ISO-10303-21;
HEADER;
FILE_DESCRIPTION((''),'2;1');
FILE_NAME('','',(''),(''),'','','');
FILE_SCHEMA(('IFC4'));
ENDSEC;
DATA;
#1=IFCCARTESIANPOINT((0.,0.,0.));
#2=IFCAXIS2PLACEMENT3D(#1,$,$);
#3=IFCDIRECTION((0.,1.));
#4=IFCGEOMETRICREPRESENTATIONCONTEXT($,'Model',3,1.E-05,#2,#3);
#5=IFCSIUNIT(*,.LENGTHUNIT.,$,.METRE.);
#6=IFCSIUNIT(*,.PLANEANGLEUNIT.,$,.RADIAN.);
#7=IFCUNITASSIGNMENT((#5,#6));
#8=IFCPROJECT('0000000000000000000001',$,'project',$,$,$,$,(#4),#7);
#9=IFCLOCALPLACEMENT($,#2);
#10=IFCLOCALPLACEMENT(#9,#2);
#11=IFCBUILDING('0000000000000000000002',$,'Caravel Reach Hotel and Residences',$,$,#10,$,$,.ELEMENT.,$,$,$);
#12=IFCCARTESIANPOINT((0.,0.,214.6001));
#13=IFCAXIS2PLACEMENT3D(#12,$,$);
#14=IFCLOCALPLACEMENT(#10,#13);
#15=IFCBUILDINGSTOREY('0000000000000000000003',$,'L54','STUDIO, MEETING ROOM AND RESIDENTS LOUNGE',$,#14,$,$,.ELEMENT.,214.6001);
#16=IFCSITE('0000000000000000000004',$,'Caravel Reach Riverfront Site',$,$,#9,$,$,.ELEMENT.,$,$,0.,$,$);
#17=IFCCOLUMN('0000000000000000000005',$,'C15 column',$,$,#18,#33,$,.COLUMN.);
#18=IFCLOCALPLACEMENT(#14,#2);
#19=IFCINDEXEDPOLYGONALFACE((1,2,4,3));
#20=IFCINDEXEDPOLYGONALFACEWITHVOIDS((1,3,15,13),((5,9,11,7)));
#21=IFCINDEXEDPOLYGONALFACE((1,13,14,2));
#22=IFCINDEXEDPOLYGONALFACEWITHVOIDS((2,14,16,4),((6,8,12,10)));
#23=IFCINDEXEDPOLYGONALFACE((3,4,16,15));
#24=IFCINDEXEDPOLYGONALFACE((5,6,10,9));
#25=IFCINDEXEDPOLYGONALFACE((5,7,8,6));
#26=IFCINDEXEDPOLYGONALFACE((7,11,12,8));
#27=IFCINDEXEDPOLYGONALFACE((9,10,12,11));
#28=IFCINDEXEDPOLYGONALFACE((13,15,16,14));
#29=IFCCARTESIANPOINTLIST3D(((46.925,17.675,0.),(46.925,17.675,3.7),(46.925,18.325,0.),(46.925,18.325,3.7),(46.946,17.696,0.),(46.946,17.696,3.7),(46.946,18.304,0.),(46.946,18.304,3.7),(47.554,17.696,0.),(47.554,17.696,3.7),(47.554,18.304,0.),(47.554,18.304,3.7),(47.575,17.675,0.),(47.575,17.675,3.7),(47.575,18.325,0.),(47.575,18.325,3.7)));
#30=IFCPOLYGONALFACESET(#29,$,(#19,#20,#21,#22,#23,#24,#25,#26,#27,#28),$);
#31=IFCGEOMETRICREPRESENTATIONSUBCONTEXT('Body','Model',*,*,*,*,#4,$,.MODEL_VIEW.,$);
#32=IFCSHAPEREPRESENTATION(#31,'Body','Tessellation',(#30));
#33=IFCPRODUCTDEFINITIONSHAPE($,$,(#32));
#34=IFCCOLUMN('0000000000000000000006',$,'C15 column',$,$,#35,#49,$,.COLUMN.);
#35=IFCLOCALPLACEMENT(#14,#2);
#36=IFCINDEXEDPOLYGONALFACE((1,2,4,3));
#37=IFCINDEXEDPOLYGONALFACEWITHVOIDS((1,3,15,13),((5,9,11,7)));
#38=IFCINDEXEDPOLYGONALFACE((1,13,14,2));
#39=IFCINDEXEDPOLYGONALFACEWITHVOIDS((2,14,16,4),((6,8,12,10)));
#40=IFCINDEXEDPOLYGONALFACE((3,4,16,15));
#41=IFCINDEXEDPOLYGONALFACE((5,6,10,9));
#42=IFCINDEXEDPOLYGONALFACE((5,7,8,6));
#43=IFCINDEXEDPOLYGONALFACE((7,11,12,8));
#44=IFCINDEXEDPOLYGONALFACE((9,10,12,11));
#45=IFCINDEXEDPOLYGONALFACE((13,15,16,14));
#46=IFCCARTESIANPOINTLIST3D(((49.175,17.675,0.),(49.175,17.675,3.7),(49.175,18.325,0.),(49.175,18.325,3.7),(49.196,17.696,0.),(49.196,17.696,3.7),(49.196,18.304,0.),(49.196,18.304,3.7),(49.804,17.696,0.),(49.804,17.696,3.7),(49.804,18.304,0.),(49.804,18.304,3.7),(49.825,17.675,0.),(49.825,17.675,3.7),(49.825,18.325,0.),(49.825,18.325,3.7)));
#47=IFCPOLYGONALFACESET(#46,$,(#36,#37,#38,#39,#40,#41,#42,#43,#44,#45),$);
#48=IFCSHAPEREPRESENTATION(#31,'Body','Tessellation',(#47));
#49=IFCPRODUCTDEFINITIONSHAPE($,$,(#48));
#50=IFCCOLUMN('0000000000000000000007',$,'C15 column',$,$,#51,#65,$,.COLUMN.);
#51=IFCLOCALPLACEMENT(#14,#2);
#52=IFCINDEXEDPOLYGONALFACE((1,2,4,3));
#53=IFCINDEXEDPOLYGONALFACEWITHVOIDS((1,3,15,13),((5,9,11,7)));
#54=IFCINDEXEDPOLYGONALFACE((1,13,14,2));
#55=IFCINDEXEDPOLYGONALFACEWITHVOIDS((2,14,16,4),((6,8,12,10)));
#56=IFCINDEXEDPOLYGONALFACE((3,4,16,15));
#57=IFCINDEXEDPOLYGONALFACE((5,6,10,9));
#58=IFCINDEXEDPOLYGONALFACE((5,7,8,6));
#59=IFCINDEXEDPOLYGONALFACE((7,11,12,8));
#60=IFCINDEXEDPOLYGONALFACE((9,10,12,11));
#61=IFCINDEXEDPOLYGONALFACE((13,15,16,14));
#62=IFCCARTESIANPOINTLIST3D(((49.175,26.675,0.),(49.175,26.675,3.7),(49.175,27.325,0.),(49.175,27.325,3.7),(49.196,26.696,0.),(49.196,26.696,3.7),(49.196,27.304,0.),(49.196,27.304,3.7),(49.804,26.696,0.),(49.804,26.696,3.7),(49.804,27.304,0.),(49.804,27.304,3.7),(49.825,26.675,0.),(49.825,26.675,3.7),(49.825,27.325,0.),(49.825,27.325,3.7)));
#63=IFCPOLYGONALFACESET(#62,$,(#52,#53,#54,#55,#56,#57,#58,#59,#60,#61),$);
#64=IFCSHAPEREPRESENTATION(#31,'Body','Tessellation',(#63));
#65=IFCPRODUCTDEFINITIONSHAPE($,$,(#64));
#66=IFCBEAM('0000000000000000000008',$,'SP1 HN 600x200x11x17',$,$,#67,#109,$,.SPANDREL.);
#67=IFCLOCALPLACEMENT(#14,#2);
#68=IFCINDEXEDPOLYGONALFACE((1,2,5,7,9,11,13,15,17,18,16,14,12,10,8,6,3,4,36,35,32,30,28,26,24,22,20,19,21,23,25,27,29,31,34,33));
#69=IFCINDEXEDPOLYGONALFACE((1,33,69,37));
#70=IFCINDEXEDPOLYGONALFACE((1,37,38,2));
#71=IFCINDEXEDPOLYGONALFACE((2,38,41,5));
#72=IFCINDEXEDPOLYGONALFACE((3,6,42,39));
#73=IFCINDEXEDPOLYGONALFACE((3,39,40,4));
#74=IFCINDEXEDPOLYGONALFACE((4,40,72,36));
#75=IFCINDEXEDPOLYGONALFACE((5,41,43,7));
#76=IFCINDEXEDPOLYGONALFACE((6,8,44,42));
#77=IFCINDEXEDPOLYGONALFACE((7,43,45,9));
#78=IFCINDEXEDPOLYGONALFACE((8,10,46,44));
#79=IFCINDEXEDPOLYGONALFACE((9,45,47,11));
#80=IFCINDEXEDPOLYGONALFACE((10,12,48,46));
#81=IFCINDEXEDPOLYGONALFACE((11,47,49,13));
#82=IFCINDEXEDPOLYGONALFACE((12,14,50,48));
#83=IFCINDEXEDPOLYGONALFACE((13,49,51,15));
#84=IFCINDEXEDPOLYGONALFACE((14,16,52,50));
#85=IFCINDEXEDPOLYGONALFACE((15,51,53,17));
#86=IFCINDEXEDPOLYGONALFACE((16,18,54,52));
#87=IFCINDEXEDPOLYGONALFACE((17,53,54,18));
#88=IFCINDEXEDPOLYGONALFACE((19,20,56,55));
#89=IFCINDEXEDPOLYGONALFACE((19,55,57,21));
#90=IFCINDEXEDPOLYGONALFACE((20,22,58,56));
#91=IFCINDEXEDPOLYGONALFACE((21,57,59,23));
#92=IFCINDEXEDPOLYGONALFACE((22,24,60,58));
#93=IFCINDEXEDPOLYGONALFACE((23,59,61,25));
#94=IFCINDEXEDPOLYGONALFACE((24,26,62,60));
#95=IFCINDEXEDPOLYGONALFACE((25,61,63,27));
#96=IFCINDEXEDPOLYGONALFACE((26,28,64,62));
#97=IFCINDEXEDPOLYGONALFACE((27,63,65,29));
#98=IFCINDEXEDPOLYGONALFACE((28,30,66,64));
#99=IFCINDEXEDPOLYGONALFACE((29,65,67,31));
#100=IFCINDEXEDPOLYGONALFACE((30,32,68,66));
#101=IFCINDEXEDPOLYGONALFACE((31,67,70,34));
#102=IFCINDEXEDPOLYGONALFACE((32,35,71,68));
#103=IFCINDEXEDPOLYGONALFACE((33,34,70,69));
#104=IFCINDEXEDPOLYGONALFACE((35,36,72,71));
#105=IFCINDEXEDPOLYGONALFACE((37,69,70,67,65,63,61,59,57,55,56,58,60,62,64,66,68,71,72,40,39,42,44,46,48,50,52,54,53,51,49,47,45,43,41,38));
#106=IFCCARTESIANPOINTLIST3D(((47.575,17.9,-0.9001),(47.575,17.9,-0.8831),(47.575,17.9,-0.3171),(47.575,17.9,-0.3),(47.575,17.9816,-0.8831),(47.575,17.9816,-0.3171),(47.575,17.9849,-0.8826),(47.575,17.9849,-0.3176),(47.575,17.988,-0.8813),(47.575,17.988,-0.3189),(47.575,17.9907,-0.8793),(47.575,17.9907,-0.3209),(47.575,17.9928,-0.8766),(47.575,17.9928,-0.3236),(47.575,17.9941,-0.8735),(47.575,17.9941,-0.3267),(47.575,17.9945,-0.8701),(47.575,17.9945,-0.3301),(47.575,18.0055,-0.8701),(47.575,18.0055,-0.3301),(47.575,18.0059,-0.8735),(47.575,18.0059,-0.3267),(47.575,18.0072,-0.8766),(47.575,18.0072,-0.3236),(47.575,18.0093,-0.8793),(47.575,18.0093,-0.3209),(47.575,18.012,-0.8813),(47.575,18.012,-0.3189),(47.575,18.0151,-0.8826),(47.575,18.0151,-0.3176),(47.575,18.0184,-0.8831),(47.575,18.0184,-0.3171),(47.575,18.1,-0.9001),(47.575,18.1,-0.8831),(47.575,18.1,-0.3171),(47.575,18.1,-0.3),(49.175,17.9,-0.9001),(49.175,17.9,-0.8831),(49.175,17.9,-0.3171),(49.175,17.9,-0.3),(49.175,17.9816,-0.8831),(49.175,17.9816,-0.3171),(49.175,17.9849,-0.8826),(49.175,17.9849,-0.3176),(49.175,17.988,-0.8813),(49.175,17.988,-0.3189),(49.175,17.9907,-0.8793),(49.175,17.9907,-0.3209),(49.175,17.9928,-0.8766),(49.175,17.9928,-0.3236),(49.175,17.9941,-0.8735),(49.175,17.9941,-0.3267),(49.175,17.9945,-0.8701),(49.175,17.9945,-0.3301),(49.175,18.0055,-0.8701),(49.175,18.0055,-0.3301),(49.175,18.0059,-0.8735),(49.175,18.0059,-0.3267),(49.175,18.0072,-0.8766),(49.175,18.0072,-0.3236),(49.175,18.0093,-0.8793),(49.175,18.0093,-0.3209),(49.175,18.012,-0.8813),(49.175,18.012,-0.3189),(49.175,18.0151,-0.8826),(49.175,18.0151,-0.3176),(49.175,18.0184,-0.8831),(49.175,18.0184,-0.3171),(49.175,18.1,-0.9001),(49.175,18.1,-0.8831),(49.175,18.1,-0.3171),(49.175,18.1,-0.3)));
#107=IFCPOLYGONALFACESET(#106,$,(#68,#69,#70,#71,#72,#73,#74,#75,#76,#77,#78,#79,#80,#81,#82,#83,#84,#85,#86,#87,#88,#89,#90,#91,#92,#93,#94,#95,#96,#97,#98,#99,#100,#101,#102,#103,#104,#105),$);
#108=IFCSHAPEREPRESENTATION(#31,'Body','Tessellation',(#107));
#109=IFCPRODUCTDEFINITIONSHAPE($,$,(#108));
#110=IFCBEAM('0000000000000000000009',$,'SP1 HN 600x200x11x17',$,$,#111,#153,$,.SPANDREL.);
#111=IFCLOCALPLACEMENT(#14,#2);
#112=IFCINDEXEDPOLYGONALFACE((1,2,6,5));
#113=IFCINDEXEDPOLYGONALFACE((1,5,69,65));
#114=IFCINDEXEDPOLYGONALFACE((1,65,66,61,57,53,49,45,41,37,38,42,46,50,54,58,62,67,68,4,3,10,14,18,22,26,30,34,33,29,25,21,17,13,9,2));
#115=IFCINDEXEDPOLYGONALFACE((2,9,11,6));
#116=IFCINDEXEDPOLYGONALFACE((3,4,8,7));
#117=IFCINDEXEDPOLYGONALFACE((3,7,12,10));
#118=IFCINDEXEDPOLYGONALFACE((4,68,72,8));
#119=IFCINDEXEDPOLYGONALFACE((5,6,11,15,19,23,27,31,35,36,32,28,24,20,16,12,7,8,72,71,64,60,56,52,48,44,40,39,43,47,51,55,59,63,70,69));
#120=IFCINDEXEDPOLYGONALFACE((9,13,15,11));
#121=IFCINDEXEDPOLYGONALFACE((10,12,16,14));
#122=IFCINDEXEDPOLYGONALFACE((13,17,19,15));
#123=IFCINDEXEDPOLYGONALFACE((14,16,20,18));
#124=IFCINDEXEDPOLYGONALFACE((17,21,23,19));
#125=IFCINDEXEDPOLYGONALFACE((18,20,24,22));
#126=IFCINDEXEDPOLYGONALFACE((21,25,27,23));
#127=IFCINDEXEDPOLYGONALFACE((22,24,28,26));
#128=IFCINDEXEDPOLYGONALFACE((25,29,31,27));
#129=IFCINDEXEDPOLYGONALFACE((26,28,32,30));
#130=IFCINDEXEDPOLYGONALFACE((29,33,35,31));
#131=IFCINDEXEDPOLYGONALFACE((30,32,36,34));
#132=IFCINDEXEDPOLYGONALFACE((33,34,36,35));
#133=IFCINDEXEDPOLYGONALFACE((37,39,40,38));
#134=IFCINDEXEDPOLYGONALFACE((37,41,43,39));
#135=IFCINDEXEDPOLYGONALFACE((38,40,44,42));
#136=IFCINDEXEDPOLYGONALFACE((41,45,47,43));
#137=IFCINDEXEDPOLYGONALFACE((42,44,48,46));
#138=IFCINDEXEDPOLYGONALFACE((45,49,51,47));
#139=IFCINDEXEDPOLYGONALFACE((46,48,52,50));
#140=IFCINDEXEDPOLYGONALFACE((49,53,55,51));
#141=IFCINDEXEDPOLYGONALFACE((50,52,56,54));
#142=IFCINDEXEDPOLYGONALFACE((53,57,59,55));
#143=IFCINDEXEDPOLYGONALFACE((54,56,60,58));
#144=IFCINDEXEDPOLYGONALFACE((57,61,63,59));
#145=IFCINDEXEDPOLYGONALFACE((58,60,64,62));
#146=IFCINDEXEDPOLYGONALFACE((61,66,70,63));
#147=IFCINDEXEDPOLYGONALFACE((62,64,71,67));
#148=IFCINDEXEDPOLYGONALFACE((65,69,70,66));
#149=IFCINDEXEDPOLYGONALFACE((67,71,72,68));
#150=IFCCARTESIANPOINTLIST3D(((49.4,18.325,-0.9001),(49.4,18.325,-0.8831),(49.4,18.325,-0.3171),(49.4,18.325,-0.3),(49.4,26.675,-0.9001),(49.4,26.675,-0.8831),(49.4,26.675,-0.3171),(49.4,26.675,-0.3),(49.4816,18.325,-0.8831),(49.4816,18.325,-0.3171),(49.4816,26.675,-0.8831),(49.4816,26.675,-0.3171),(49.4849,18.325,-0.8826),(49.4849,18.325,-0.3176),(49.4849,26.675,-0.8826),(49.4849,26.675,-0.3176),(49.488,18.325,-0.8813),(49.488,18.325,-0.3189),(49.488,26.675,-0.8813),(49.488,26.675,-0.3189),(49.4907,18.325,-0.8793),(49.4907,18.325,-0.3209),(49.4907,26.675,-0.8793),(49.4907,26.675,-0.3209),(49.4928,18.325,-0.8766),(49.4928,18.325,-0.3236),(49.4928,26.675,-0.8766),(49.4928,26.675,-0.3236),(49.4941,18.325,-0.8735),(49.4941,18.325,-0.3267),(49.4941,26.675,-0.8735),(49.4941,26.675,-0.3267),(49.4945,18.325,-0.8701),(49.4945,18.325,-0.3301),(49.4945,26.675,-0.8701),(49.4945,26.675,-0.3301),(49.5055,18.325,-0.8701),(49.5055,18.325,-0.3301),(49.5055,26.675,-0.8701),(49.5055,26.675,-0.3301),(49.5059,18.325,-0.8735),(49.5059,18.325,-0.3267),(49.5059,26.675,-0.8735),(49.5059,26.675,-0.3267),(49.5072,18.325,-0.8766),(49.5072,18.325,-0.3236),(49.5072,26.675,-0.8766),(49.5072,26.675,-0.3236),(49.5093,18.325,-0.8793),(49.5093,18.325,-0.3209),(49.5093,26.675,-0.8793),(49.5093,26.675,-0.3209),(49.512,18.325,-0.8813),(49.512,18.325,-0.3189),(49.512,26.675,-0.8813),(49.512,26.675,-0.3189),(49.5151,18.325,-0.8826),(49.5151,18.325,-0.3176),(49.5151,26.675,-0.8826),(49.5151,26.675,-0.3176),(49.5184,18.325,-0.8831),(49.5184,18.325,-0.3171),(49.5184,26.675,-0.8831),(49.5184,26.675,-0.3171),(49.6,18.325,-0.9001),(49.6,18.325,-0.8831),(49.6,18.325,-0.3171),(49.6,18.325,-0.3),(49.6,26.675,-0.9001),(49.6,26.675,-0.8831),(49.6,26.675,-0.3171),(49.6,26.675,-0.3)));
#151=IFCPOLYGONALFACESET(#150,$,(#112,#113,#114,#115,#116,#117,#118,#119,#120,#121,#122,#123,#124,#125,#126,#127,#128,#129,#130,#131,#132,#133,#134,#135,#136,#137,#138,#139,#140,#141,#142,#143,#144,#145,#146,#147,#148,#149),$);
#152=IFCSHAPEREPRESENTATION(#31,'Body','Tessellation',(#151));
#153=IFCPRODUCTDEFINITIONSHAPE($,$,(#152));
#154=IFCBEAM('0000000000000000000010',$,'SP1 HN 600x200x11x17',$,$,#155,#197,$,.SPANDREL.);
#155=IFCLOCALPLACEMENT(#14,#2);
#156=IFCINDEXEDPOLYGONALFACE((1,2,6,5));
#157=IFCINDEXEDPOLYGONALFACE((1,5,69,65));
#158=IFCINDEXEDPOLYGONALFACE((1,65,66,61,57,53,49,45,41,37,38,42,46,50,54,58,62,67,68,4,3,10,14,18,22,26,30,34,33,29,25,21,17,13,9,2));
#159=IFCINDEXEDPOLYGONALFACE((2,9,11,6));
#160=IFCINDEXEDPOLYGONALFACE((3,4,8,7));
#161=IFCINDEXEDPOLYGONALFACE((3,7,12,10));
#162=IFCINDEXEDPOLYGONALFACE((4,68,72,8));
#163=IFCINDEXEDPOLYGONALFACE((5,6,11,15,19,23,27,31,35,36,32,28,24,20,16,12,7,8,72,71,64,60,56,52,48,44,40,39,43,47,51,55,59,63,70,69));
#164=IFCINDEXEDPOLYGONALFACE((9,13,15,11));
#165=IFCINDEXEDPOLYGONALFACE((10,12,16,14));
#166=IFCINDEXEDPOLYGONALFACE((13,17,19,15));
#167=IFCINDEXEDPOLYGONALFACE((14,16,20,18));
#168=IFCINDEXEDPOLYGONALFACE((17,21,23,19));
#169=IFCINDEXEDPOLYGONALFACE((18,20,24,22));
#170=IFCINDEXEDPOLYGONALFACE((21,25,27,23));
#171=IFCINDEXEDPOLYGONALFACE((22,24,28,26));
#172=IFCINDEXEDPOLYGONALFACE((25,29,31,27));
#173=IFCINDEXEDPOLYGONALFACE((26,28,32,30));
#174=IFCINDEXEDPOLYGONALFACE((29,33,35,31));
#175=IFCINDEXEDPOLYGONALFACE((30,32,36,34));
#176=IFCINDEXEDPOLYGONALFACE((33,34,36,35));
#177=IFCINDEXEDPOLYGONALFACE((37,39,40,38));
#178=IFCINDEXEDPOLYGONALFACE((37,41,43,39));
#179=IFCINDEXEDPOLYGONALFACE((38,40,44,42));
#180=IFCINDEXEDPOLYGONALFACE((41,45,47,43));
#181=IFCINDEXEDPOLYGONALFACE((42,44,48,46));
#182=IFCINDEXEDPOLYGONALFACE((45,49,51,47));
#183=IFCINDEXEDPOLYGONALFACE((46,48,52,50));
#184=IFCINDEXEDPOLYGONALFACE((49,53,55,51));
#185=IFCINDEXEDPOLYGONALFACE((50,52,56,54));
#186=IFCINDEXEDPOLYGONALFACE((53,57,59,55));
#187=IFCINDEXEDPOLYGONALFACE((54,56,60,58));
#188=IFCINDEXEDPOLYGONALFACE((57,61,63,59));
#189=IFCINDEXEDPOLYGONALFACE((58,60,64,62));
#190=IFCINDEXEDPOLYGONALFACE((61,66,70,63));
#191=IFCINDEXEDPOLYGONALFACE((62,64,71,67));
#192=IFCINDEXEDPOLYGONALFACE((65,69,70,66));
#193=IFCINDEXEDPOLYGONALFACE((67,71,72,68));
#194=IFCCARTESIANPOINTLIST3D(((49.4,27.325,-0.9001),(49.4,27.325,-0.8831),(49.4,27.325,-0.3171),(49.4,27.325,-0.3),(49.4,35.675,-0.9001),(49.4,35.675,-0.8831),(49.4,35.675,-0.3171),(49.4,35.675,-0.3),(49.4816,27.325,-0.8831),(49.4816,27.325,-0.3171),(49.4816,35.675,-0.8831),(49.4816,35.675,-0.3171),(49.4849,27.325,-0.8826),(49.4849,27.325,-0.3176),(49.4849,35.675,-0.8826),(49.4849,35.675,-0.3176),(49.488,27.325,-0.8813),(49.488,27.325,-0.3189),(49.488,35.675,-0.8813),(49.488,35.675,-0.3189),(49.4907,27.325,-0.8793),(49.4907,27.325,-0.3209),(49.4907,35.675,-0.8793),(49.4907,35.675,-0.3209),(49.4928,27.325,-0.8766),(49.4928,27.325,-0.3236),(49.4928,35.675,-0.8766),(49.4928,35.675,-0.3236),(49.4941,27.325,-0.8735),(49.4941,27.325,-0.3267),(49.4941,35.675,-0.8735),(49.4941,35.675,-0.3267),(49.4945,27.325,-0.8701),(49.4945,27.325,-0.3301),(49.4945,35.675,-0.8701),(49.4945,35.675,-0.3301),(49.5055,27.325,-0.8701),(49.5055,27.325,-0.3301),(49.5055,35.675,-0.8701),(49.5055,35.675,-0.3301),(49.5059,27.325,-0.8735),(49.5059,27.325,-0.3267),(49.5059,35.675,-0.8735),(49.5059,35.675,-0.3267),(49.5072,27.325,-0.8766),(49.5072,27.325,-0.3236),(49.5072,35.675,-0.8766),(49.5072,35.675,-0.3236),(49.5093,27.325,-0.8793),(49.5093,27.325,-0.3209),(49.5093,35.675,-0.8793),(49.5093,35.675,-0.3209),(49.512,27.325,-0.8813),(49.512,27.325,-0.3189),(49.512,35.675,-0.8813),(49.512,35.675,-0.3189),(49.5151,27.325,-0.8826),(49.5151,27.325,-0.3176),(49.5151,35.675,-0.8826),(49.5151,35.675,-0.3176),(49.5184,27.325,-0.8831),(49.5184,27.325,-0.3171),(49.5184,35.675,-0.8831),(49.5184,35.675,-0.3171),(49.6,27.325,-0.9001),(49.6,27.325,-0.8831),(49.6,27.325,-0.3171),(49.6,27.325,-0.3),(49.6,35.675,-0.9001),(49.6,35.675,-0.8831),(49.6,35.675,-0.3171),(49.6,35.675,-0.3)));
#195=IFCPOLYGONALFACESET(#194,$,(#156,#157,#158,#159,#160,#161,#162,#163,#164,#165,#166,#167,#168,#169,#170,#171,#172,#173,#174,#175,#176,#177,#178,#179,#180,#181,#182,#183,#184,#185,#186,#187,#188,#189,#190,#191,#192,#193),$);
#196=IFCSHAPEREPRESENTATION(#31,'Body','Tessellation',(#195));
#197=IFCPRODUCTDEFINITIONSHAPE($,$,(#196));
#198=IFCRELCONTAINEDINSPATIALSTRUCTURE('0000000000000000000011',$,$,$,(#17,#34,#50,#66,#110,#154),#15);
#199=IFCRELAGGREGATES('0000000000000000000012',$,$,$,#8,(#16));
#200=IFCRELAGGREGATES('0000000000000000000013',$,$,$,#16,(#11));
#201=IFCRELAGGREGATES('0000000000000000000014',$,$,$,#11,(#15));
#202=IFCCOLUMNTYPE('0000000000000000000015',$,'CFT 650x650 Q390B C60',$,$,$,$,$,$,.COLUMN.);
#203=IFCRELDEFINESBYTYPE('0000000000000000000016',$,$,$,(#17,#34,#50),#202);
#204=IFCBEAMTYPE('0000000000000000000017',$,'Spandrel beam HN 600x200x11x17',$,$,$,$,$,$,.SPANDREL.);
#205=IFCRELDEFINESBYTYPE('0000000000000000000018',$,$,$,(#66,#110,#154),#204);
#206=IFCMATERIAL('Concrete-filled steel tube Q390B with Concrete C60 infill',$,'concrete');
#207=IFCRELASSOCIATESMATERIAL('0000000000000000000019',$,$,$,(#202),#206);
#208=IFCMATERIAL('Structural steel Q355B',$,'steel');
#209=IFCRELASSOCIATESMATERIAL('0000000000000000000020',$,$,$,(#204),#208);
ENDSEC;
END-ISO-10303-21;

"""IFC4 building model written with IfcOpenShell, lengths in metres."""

from ifc_helpers import new_model, si_unit, direction, frame, origin, origin_2d, place, context, subcontext, project, spatial, hollow_rectangle, i_section, extrude, material, material_profile, profile_set, type_object, element, save


model = new_model("IFC4")

# Units and contexts
model_context = context("Model", 3, precision=1e-05, world=origin(), true_north=direction((0.0, 1.0)))
body_context = subcontext(model_context, "Body", "Model", "MODEL_VIEW")
ifc_project = project(units=[si_unit("LENGTHUNIT", "METRE"), si_unit("PLANEANGLEUNIT", "RADIAN")], contexts=[model_context])

# Site, building, storey
site_placement = place(None, origin())
site = spatial("IfcSite", under=ifc_project, at=site_placement, Name="Caravel Reach Riverfront Site", CompositionType="ELEMENT", RefElevation=0.0)
building_placement = place(site_placement, origin())
building = spatial("IfcBuilding", under=site, at=building_placement, Name="Caravel Reach Hotel and Residences", CompositionType="ELEMENT")
storey_placement = place(building_placement, frame((0.0, 0.0, 214.6001)))
storey = spatial("IfcBuildingStorey", under=building, at=storey_placement, Name="L54", Description="STUDIO, MEETING ROOM AND RESIDENTS LOUNGE", CompositionType="ELEMENT", Elevation=214.6001)

# Columns
ifc_material_1 = material(Name="Concrete-filled steel tube Q390B with Concrete C60 infill", Category="concrete")
ifc_material_profile_1 = material_profile(ifc_material_1, hollow_rectangle(XDim=0.6499, YDim=0.6499, WallThickness=0.021, at=origin_2d()), Name="RHS 650x650x21")
ifc_profile_set_1 = profile_set([ifc_material_profile_1], Name="Concrete-filled steel tube Q390B with Concrete C60 infill")
column_type = type_object("IfcColumnType", Name="CFT 650x650 Q390B C60", PredefinedType="COLUMN", material=ifc_profile_set_1)
for number, where, z_axis, x_axis, name in (
    (1, (47.25, 18.0, 0.0), (0.0, 0.0, 1.0), (1.0, 0.0, 0.0), "C15 column"),
    (2, (49.5, 18.0, 0.0), (0.0, 0.0, 1.0), (1.0, 0.0, 0.0), "C15 column"),
    (3, (49.5, 27.0, 0.0), (0.0, 0.0, 1.0), (1.0, 0.0, 0.0), "C15 column"),
):
    element("IfcColumn", number, at=place(storey_placement, frame(where, z_axis=z_axis, x_axis=x_axis)), inside=storey, type_object=column_type, Name=name, PredefinedType="COLUMN", context=body_context, shape_type="SweptSolid", body=[
        extrude(hollow_rectangle(XDim=0.6499, YDim=0.6499, WallThickness=0.021, at=origin_2d()), origin(), (0.0, 0.0, 1.0), 3.7),
    ])

# Beams
ifc_material_2 = material(Name="Structural steel Q355B", Category="steel")
ifc_material_profile_2 = material_profile(ifc_material_2, i_section(OverallWidth=0.2, OverallDepth=0.6001, WebThickness=0.011, FlangeThickness=0.0171, FilletRadius=0.0129, at=origin_2d()), Name="HN 600x200x11x17")
ifc_profile_set_2 = profile_set([ifc_material_profile_2], Name="Structural steel Q355B")
beam_type = type_object("IfcBeamType", Name="Spandrel beam HN 600x200x11x17", PredefinedType="SPANDREL", material=ifc_profile_set_2)
beam_placement = place(storey_placement, frame((47.575, 18.0, -0.6001), z_axis=(1.0, 0.0, 0.0), x_axis=(0.0, 1.0, 0.0)))
element("IfcBeam", 4, at=beam_placement, inside=storey, type_object=beam_type, Name="SP1 HN 600x200x11x17", PredefinedType="SPANDREL", context=body_context, shape_type="SweptSolid", body=[
    extrude(i_section(OverallWidth=0.2, OverallDepth=0.6001, WebThickness=0.011, FlangeThickness=0.0171, FilletRadius=0.0129, at=origin_2d()), origin(), (0.0, 0.0, 1.0), 1.6001),
])
for number, where, z_axis, x_axis, name in (
    (5, (49.5, 18.325, -0.6001), (0.0, 1.0, 0.0), (-1.0, 0.0, 0.0), "SP1 HN 600x200x11x17"),
    (6, (49.5, 27.325, -0.6001), (0.0, 1.0, 0.0), (-1.0, 0.0, 0.0), "SP1 HN 600x200x11x17"),
):
    element("IfcBeam", number, at=place(storey_placement, frame(where, z_axis=z_axis, x_axis=x_axis)), inside=storey, type_object=beam_type, Name=name, PredefinedType="SPANDREL", context=body_context, shape_type="SweptSolid", body=[
        extrude(i_section(OverallWidth=0.2, OverallDepth=0.6001, WebThickness=0.011, FlangeThickness=0.0171, FilletRadius=0.0129, at=origin_2d()), origin(), (0.0, 0.0, 1.0), 8.3501),
    ])

save(model, "model.ifc")
